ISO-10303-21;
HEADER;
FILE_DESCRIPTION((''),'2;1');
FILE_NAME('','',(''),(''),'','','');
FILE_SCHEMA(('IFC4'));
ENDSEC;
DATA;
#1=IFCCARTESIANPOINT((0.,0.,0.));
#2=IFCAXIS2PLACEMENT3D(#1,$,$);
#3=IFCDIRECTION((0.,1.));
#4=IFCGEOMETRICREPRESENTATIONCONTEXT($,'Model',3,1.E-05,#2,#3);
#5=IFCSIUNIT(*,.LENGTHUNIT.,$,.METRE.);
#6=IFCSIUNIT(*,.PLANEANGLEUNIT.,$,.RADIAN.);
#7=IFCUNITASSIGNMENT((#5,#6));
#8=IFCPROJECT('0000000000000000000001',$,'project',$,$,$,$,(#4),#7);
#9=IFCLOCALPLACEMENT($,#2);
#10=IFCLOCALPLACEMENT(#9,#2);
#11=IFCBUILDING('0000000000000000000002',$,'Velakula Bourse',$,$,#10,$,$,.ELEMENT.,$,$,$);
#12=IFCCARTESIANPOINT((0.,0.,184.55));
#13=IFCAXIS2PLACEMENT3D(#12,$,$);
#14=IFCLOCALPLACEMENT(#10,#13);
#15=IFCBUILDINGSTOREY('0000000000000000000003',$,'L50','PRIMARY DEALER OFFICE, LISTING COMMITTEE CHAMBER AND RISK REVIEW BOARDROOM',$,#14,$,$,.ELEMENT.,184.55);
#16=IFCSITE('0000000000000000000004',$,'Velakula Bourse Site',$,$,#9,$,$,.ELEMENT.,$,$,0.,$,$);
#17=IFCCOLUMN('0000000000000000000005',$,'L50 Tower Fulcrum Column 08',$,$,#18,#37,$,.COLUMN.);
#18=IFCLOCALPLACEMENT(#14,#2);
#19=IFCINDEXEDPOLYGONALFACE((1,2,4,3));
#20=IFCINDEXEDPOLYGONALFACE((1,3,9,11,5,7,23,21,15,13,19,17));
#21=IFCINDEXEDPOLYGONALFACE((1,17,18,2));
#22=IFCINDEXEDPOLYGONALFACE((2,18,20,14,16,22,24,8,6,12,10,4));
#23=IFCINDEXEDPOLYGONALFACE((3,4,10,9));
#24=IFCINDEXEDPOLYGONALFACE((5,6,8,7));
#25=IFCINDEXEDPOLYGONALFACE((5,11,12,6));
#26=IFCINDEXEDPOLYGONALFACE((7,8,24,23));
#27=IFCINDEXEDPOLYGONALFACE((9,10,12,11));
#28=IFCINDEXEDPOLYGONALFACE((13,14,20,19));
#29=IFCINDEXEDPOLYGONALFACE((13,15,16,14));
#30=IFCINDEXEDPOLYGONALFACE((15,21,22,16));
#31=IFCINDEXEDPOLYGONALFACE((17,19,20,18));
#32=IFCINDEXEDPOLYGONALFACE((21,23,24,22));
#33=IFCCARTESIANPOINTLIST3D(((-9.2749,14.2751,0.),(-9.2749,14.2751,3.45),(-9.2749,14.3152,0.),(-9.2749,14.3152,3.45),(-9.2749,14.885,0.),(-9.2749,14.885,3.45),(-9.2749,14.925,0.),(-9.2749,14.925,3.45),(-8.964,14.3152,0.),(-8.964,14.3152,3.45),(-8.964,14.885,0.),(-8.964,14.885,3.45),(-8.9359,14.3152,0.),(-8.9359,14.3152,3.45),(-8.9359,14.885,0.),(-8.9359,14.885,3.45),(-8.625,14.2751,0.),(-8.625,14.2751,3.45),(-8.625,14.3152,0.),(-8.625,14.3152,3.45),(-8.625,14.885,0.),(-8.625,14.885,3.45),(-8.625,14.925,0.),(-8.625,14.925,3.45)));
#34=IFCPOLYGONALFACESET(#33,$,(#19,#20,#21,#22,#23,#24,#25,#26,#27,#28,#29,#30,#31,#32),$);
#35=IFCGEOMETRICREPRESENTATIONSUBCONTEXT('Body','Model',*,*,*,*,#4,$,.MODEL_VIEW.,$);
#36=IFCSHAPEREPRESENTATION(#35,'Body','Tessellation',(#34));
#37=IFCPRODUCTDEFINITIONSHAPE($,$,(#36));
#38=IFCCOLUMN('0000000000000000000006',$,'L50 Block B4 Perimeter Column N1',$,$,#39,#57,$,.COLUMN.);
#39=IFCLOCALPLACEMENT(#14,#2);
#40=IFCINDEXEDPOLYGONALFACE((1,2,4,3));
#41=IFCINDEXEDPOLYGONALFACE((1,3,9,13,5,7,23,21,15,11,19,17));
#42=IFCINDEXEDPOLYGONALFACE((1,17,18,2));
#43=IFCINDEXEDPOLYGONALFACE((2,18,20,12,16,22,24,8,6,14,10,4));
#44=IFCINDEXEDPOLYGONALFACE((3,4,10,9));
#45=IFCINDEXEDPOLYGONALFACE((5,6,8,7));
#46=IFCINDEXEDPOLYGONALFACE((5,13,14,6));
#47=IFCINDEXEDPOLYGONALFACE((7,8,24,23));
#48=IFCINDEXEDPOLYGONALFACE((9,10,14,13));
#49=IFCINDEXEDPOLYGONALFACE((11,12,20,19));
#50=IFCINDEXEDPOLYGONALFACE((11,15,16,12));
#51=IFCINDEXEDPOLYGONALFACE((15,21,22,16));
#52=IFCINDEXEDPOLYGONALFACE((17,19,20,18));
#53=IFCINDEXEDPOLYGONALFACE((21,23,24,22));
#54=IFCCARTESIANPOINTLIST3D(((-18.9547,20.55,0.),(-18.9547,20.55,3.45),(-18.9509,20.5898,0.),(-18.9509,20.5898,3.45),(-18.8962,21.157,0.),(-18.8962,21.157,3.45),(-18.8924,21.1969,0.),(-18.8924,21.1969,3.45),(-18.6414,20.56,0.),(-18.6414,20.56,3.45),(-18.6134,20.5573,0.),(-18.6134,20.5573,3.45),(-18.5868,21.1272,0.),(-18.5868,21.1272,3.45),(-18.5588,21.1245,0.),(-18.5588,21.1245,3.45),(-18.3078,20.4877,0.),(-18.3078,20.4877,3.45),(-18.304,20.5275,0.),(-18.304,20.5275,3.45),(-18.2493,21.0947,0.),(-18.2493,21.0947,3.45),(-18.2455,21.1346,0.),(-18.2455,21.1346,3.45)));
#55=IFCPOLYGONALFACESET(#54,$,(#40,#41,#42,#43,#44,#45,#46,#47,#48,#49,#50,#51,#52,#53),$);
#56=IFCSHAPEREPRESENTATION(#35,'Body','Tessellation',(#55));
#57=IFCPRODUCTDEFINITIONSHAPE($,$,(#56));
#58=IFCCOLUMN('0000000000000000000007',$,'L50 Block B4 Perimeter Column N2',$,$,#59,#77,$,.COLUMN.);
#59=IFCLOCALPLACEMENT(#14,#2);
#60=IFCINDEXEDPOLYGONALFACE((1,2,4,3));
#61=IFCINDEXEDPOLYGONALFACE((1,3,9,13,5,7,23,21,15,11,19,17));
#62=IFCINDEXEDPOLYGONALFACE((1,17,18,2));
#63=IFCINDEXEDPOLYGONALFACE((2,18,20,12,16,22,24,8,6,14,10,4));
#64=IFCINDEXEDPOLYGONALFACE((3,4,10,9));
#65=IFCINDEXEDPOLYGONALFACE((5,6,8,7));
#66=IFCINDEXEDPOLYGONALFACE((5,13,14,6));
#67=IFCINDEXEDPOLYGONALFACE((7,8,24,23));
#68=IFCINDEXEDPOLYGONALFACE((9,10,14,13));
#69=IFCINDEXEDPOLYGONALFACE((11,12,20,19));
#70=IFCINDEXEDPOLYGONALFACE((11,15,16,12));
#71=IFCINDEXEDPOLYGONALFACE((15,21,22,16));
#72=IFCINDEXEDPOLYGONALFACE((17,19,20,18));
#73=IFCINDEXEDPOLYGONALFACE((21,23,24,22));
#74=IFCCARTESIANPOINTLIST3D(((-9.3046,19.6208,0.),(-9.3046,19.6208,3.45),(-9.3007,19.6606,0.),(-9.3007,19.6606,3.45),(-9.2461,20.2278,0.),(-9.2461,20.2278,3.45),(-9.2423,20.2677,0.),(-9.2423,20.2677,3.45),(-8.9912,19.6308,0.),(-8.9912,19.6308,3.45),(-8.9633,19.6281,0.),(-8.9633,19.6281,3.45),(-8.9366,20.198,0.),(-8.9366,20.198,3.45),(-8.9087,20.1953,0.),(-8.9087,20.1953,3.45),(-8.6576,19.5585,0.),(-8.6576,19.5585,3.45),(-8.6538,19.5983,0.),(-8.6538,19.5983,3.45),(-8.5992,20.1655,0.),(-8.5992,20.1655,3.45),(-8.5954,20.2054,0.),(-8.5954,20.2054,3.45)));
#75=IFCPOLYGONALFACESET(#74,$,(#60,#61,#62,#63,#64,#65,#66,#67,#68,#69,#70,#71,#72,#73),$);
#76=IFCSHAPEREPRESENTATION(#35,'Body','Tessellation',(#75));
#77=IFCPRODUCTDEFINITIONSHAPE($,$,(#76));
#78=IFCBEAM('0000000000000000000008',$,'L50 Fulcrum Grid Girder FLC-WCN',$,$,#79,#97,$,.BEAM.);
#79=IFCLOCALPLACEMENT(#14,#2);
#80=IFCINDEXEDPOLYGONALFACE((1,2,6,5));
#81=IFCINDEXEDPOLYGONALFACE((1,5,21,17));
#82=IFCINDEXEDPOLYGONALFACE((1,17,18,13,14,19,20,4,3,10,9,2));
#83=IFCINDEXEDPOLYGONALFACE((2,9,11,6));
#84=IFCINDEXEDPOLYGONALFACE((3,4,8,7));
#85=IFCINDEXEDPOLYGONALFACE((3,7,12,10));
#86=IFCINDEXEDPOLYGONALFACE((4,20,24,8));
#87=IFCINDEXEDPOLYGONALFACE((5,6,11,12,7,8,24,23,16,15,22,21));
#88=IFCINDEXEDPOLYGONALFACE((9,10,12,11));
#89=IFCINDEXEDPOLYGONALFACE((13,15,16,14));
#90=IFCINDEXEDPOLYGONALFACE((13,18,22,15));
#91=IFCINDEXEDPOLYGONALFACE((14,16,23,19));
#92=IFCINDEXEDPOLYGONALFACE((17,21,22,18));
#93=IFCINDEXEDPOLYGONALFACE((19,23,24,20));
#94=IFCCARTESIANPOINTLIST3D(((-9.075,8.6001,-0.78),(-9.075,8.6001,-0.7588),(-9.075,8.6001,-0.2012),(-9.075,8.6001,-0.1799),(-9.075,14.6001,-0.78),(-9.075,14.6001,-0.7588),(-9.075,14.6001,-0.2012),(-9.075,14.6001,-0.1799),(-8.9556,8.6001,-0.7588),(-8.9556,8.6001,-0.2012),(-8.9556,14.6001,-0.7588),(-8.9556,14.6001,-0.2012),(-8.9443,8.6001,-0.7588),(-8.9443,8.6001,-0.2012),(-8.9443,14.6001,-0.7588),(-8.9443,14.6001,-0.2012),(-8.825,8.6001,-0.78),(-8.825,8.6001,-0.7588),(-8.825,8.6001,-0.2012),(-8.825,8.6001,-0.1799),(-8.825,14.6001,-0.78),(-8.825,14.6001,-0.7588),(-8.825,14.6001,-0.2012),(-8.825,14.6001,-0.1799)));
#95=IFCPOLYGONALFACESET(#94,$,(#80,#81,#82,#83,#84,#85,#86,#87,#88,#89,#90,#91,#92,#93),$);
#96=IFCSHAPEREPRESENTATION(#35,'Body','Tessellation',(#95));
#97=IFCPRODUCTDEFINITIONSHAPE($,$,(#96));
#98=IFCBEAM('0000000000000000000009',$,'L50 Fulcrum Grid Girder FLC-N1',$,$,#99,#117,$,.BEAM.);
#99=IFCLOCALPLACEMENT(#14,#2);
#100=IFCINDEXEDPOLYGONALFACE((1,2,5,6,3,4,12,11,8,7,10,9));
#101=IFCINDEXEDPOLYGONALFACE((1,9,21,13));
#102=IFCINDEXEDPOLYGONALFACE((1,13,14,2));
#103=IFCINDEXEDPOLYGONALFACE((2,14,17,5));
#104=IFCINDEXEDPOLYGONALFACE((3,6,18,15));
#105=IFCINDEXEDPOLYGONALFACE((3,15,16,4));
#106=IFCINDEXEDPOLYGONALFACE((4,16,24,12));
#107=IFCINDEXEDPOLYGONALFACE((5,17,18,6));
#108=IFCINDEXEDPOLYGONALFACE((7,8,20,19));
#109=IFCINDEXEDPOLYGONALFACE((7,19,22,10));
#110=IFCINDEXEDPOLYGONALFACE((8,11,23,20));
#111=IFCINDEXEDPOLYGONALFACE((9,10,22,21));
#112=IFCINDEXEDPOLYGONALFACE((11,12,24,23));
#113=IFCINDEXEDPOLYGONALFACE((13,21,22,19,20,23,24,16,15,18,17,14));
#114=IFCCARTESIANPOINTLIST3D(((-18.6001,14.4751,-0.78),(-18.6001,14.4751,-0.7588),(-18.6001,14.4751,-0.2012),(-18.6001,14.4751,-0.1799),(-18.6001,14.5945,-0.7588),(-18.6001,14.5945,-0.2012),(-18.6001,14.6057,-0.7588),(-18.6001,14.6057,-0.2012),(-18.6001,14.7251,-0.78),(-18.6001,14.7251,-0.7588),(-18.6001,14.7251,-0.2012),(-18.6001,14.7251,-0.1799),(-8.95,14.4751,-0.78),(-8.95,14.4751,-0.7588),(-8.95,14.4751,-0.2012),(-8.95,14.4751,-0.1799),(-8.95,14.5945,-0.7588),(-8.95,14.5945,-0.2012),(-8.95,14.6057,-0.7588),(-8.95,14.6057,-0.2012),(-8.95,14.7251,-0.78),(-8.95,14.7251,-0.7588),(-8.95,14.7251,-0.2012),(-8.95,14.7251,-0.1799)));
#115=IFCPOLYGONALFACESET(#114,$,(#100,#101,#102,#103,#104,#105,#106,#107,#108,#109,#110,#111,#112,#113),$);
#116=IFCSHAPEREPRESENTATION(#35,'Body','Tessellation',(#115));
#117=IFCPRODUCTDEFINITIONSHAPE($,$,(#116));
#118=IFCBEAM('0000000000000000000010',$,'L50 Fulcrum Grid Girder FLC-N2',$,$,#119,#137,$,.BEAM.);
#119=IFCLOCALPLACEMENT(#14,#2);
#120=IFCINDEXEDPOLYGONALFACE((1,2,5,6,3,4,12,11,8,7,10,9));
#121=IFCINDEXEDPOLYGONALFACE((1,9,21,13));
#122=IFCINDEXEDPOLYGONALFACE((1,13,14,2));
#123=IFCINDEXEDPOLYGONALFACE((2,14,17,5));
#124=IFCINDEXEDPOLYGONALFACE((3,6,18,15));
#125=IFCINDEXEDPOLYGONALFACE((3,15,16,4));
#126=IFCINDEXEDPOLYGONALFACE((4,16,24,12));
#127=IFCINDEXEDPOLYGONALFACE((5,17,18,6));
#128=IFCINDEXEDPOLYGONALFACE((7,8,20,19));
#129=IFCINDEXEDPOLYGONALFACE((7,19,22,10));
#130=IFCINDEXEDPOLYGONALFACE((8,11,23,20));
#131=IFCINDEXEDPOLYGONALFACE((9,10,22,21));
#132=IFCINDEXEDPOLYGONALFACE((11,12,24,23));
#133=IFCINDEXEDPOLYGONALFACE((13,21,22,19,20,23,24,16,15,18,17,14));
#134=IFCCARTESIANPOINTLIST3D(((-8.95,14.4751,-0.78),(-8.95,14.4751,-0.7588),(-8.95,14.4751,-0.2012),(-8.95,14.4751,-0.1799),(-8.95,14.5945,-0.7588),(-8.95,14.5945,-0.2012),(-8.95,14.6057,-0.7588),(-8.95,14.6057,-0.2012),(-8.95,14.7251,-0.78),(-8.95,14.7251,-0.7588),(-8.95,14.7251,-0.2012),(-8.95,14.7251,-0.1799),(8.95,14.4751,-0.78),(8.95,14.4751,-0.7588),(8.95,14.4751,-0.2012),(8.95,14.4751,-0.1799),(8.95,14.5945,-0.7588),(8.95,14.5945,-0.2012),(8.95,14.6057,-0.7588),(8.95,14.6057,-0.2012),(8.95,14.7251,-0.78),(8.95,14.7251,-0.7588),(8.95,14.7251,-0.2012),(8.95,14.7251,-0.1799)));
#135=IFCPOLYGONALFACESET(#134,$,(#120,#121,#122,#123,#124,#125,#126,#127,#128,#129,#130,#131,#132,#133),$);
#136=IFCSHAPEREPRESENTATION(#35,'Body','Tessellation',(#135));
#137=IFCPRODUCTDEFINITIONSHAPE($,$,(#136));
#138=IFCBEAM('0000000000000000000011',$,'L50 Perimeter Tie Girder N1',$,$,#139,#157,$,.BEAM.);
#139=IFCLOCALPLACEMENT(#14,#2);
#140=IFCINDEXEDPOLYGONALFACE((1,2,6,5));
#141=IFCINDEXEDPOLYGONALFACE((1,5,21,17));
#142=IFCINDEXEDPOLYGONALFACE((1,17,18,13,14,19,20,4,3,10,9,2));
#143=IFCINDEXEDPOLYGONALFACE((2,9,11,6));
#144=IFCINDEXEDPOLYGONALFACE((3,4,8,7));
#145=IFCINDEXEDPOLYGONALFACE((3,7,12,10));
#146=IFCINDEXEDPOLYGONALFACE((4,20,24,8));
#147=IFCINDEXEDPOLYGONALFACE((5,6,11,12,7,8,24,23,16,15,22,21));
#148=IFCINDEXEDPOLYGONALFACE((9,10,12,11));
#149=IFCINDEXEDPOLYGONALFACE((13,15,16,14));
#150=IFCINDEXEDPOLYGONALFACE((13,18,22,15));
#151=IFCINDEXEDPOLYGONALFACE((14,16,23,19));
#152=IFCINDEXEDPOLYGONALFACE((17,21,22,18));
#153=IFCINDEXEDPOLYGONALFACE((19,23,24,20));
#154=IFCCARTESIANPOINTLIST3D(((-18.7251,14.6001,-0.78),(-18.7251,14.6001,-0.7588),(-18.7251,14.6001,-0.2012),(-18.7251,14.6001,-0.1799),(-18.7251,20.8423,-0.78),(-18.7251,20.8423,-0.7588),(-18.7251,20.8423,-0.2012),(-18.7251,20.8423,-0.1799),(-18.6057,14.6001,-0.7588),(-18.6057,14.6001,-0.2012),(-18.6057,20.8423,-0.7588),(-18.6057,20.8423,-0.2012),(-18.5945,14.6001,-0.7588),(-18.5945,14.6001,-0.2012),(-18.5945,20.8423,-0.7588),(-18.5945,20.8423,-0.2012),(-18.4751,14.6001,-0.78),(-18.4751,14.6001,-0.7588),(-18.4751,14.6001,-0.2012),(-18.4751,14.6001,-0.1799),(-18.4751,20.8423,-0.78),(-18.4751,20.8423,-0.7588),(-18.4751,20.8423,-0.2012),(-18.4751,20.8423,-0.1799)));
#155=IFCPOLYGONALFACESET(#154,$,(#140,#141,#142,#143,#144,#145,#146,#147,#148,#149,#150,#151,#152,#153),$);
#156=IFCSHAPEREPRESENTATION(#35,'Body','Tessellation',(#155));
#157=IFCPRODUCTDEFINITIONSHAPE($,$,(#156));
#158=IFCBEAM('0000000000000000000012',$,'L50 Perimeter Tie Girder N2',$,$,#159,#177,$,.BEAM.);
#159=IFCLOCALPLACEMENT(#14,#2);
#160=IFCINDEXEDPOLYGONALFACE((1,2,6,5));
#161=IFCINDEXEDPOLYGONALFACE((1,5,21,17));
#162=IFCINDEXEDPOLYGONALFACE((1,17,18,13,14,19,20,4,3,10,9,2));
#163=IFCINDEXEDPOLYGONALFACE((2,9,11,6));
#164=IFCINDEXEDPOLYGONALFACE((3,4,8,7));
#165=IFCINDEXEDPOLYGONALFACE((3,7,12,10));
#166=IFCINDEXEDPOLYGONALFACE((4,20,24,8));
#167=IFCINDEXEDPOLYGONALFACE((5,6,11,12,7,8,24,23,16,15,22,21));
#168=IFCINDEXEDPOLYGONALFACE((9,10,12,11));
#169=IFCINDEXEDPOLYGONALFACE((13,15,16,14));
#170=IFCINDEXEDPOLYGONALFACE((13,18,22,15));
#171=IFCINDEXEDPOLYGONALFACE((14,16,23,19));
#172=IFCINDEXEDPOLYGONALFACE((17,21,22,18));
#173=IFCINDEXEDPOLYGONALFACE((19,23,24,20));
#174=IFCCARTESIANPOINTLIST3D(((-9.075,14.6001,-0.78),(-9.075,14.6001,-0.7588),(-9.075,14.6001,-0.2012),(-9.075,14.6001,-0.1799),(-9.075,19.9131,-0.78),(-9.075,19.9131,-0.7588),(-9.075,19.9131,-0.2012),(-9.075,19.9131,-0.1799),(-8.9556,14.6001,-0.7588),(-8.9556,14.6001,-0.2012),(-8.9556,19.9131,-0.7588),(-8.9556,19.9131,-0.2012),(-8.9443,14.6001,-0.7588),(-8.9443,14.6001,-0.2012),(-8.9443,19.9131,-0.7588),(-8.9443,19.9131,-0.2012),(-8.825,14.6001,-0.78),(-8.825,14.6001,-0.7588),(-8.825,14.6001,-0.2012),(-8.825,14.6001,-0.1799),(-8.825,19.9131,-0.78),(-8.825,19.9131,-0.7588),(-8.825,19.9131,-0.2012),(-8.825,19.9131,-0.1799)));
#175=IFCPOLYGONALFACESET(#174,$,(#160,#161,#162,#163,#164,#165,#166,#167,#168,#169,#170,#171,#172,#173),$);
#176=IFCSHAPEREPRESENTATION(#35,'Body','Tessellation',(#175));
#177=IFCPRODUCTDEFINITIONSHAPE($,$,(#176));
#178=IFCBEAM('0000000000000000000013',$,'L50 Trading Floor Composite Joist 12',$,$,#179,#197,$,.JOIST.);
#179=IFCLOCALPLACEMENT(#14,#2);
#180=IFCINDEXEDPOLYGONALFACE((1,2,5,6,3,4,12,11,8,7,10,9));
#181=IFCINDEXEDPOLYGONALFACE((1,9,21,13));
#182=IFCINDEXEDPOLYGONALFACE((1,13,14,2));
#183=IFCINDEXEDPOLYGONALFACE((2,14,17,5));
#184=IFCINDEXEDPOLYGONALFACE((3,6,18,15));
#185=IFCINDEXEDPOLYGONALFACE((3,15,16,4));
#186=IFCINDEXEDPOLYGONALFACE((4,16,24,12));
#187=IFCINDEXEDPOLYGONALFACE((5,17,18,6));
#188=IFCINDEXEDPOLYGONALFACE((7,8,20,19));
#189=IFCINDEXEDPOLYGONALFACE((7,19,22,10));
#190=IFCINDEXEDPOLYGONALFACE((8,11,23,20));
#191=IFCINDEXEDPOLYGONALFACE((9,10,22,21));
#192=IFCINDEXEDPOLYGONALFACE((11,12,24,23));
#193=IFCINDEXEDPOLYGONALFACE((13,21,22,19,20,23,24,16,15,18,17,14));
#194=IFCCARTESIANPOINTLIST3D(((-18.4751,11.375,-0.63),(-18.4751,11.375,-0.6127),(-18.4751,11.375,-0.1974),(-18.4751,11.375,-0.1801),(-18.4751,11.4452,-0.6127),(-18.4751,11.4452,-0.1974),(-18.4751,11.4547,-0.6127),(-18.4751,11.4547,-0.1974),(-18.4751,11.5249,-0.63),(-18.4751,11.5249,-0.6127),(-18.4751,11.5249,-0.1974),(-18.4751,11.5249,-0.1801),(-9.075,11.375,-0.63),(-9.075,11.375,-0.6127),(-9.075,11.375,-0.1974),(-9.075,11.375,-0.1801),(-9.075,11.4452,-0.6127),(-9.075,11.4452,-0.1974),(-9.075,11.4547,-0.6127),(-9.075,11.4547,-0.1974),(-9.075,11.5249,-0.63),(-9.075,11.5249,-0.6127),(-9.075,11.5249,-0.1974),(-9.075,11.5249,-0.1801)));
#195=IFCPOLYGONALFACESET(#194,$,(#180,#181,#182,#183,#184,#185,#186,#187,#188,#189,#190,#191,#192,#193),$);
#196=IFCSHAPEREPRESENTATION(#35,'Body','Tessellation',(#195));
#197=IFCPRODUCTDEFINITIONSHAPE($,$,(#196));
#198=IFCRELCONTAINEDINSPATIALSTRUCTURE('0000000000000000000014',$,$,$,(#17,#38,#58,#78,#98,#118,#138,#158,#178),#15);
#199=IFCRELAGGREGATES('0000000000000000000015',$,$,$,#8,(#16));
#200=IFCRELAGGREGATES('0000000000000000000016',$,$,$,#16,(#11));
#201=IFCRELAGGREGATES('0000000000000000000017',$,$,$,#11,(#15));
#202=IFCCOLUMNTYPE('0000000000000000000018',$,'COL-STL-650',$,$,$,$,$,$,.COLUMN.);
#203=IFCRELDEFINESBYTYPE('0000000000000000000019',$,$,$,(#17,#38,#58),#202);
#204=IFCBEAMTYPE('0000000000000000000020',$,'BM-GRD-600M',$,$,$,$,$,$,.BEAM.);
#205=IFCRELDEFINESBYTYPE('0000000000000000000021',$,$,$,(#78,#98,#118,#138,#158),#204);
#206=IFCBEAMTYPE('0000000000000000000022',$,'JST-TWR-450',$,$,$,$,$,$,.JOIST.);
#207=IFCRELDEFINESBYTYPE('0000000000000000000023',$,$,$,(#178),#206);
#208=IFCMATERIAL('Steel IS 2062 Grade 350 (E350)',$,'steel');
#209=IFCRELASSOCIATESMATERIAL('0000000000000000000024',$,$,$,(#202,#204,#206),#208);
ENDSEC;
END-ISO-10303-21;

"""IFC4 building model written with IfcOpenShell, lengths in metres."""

from ifc_helpers import new_model, si_unit, direction, frame, origin, origin_2d, place, context, subcontext, project, spatial, i_section, extrude, material, material_profile, profile_set, type_object, element, save


model = new_model("IFC4")

# Units and contexts
model_context = context("Model", 3, precision=1e-05, world=origin(), true_north=direction((0.0, 1.0)))
body_context = subcontext(model_context, "Body", "Model", "MODEL_VIEW")
ifc_project = project(units=[si_unit("LENGTHUNIT", "METRE"), si_unit("PLANEANGLEUNIT", "RADIAN")], contexts=[model_context])

# Site, building, storey
site_placement = place(None, origin())
site = spatial("IfcSite", under=ifc_project, at=site_placement, Name="Velakula Bourse Site", CompositionType="ELEMENT", RefElevation=0.0)
building_placement = place(site_placement, origin())
building = spatial("IfcBuilding", under=site, at=building_placement, Name="Velakula Bourse", CompositionType="ELEMENT")
storey_placement = place(building_placement, frame((0.0, 0.0, 184.55)))
storey = spatial("IfcBuildingStorey", under=building, at=storey_placement, Name="L50", Description="PRIMARY DEALER OFFICE, LISTING COMMITTEE CHAMBER AND RISK REVIEW BOARDROOM", CompositionType="ELEMENT", Elevation=184.55)

# Columns
ifc_material_1 = material(Name="Steel IS 2062 Grade 350 (E350)", Category="steel")
ifc_material_profile_1 = material_profile(ifc_material_1, i_section(OverallWidth=0.6499, OverallDepth=0.6499, WebThickness=0.0281, FlangeThickness=0.04, at=origin_2d()), Name="Steel IS 2062 Grade 350 (E350)")
ifc_profile_set_1 = profile_set([ifc_material_profile_1], Name="Steel IS 2062 Grade 350 (E350)")
column_type = type_object("IfcColumnType", Name="COL-STL-650", PredefinedType="COLUMN", material=ifc_profile_set_1)
for number, where, z_axis, x_axis, name in (
    (1, (-8.95, 14.6001, 0.0), (0.0, 0.0, 1.0), (1.0, 0.0, 0.0), "L50 Tower Fulcrum Column 08"),
    (2, (-18.6001, 20.8423, 0.0), (0.0, 0.0, 1.0), (0.995396, -0.095846, 0.0), "L50 Block B4 Perimeter Column N1"),
    (3, (-8.95, 19.9131, 0.0), (0.0, 0.0, 1.0), (0.995396, -0.095846, 0.0), "L50 Block B4 Perimeter Column N2"),
):
    element("IfcColumn", number, at=place(storey_placement, frame(where, z_axis=z_axis, x_axis=x_axis)), inside=storey, type_object=column_type, Name=name, PredefinedType="COLUMN", context=body_context, shape_type="SweptSolid", body=[
        extrude(i_section(OverallWidth=0.6499, OverallDepth=0.6499, WebThickness=0.0281, FlangeThickness=0.04, at=origin_2d()), origin(), (0.0, 0.0, 1.0), 3.45),
    ])

# Beams
ifc_material_profile_2 = material_profile(ifc_material_1, i_section(OverallWidth=0.25, OverallDepth=0.6001, WebThickness=0.0112, FlangeThickness=0.0212, at=origin_2d()), Name="Steel IS 2062 Grade 350 (E350)")
ifc_profile_set_2 = profile_set([ifc_material_profile_2], Name="Steel IS 2062 Grade 350 (E350)")
beam_type_1 = type_object("IfcBeamType", Name="BM-GRD-600M", PredefinedType="BEAM", material=ifc_profile_set_2)
beam_1_placement = place(storey_placement, frame((-8.95, 8.6001, -0.48), z_axis=(0.0, 1.0, 0.0), x_axis=(-1.0, 0.0, 0.0)))
element("IfcBeam", 4, at=beam_1_placement, inside=storey, type_object=beam_type_1, Name="L50 Fulcrum Grid Girder FLC-WCN", PredefinedType="BEAM", context=body_context, shape_type="SweptSolid", body=[
    extrude(i_section(OverallWidth=0.25, OverallDepth=0.6001, WebThickness=0.0112, FlangeThickness=0.0212, at=origin_2d()), origin(), (0.0, 0.0, 1.0), 6.0),
])
beam_2_placement = place(storey_placement, frame((-18.6001, 14.6001, -0.48), z_axis=(1.0, 0.0, 0.0), x_axis=(0.0, 1.0, 0.0)))
element("IfcBeam", 5, at=beam_2_placement, inside=storey, type_object=beam_type_1, Name="L50 Fulcrum Grid Girder FLC-N1", PredefinedType="BEAM", context=body_context, shape_type="SweptSolid", body=[
    extrude(i_section(OverallWidth=0.25, OverallDepth=0.6001, WebThickness=0.0112, FlangeThickness=0.0212, at=origin_2d()), origin(), (0.0, 0.0, 1.0), 9.6501),
])
beam_3_placement = place(storey_placement, frame((-8.95, 14.6001, -0.48), z_axis=(1.0, 0.0, 0.0), x_axis=(0.0, 1.0, 0.0)))
element("IfcBeam", 6, at=beam_3_placement, inside=storey, type_object=beam_type_1, Name="L50 Fulcrum Grid Girder FLC-N2", PredefinedType="BEAM", context=body_context, shape_type="SweptSolid", body=[
    extrude(i_section(OverallWidth=0.25, OverallDepth=0.6001, WebThickness=0.0112, FlangeThickness=0.0212, at=origin_2d()), origin(), (0.0, 0.0, 1.0), 17.8999),
])
beam_4_placement = place(storey_placement, frame((-18.6001, 14.6001, -0.48), z_axis=(0.0, 1.0, 0.0), x_axis=(-1.0, 0.0, 0.0)))
element("IfcBeam", 7, at=beam_4_placement, inside=storey, type_object=beam_type_1, Name="L50 Perimeter Tie Girder N1", PredefinedType="BEAM", context=body_context, shape_type="SweptSolid", body=[
    extrude(i_section(OverallWidth=0.25, OverallDepth=0.6001, WebThickness=0.0112, FlangeThickness=0.0212, at=origin_2d()), origin(), (0.0, 0.0, 1.0), 6.2422),
])
beam_5_placement = place(storey_placement, frame((-8.95, 14.6001, -0.48), z_axis=(0.0, 1.0, 0.0), x_axis=(-1.0, 0.0, 0.0)))
element("IfcBeam", 8, at=beam_5_placement, inside=storey, type_object=beam_type_1, Name="L50 Perimeter Tie Girder N2", PredefinedType="BEAM", context=body_context, shape_type="SweptSolid", body=[
    extrude(i_section(OverallWidth=0.25, OverallDepth=0.6001, WebThickness=0.0112, FlangeThickness=0.0212, at=origin_2d()), origin(), (0.0, 0.0, 1.0), 5.313),
])
ifc_material_profile_3 = material_profile(ifc_material_1, i_section(OverallWidth=0.1499, OverallDepth=0.45, WebThickness=0.0095, FlangeThickness=0.0173, at=origin_2d()), Name="Steel IS 2062 Grade 350 (E350)")
ifc_profile_set_3 = profile_set([ifc_material_profile_3], Name="Steel IS 2062 Grade 350 (E350)")
beam_type_2 = type_object("IfcBeamType", Name="JST-TWR-450", PredefinedType="JOIST", material=ifc_profile_set_3)
beam_6_placement = place(storey_placement, frame((-18.4751, 11.45, -0.405), z_axis=(1.0, 0.0, 0.0), x_axis=(0.0, 1.0, 0.0)))
element("IfcBeam", 9, at=beam_6_placement, inside=storey, type_object=beam_type_2, Name="L50 Trading Floor Composite Joist 12", PredefinedType="JOIST", context=body_context, shape_type="SweptSolid", body=[
    extrude(i_section(OverallWidth=0.1499, OverallDepth=0.45, WebThickness=0.0095, FlangeThickness=0.0173, at=origin_2d()), origin(), (0.0, 0.0, 1.0), 9.4001),
])

save(model, "model.ifc")
